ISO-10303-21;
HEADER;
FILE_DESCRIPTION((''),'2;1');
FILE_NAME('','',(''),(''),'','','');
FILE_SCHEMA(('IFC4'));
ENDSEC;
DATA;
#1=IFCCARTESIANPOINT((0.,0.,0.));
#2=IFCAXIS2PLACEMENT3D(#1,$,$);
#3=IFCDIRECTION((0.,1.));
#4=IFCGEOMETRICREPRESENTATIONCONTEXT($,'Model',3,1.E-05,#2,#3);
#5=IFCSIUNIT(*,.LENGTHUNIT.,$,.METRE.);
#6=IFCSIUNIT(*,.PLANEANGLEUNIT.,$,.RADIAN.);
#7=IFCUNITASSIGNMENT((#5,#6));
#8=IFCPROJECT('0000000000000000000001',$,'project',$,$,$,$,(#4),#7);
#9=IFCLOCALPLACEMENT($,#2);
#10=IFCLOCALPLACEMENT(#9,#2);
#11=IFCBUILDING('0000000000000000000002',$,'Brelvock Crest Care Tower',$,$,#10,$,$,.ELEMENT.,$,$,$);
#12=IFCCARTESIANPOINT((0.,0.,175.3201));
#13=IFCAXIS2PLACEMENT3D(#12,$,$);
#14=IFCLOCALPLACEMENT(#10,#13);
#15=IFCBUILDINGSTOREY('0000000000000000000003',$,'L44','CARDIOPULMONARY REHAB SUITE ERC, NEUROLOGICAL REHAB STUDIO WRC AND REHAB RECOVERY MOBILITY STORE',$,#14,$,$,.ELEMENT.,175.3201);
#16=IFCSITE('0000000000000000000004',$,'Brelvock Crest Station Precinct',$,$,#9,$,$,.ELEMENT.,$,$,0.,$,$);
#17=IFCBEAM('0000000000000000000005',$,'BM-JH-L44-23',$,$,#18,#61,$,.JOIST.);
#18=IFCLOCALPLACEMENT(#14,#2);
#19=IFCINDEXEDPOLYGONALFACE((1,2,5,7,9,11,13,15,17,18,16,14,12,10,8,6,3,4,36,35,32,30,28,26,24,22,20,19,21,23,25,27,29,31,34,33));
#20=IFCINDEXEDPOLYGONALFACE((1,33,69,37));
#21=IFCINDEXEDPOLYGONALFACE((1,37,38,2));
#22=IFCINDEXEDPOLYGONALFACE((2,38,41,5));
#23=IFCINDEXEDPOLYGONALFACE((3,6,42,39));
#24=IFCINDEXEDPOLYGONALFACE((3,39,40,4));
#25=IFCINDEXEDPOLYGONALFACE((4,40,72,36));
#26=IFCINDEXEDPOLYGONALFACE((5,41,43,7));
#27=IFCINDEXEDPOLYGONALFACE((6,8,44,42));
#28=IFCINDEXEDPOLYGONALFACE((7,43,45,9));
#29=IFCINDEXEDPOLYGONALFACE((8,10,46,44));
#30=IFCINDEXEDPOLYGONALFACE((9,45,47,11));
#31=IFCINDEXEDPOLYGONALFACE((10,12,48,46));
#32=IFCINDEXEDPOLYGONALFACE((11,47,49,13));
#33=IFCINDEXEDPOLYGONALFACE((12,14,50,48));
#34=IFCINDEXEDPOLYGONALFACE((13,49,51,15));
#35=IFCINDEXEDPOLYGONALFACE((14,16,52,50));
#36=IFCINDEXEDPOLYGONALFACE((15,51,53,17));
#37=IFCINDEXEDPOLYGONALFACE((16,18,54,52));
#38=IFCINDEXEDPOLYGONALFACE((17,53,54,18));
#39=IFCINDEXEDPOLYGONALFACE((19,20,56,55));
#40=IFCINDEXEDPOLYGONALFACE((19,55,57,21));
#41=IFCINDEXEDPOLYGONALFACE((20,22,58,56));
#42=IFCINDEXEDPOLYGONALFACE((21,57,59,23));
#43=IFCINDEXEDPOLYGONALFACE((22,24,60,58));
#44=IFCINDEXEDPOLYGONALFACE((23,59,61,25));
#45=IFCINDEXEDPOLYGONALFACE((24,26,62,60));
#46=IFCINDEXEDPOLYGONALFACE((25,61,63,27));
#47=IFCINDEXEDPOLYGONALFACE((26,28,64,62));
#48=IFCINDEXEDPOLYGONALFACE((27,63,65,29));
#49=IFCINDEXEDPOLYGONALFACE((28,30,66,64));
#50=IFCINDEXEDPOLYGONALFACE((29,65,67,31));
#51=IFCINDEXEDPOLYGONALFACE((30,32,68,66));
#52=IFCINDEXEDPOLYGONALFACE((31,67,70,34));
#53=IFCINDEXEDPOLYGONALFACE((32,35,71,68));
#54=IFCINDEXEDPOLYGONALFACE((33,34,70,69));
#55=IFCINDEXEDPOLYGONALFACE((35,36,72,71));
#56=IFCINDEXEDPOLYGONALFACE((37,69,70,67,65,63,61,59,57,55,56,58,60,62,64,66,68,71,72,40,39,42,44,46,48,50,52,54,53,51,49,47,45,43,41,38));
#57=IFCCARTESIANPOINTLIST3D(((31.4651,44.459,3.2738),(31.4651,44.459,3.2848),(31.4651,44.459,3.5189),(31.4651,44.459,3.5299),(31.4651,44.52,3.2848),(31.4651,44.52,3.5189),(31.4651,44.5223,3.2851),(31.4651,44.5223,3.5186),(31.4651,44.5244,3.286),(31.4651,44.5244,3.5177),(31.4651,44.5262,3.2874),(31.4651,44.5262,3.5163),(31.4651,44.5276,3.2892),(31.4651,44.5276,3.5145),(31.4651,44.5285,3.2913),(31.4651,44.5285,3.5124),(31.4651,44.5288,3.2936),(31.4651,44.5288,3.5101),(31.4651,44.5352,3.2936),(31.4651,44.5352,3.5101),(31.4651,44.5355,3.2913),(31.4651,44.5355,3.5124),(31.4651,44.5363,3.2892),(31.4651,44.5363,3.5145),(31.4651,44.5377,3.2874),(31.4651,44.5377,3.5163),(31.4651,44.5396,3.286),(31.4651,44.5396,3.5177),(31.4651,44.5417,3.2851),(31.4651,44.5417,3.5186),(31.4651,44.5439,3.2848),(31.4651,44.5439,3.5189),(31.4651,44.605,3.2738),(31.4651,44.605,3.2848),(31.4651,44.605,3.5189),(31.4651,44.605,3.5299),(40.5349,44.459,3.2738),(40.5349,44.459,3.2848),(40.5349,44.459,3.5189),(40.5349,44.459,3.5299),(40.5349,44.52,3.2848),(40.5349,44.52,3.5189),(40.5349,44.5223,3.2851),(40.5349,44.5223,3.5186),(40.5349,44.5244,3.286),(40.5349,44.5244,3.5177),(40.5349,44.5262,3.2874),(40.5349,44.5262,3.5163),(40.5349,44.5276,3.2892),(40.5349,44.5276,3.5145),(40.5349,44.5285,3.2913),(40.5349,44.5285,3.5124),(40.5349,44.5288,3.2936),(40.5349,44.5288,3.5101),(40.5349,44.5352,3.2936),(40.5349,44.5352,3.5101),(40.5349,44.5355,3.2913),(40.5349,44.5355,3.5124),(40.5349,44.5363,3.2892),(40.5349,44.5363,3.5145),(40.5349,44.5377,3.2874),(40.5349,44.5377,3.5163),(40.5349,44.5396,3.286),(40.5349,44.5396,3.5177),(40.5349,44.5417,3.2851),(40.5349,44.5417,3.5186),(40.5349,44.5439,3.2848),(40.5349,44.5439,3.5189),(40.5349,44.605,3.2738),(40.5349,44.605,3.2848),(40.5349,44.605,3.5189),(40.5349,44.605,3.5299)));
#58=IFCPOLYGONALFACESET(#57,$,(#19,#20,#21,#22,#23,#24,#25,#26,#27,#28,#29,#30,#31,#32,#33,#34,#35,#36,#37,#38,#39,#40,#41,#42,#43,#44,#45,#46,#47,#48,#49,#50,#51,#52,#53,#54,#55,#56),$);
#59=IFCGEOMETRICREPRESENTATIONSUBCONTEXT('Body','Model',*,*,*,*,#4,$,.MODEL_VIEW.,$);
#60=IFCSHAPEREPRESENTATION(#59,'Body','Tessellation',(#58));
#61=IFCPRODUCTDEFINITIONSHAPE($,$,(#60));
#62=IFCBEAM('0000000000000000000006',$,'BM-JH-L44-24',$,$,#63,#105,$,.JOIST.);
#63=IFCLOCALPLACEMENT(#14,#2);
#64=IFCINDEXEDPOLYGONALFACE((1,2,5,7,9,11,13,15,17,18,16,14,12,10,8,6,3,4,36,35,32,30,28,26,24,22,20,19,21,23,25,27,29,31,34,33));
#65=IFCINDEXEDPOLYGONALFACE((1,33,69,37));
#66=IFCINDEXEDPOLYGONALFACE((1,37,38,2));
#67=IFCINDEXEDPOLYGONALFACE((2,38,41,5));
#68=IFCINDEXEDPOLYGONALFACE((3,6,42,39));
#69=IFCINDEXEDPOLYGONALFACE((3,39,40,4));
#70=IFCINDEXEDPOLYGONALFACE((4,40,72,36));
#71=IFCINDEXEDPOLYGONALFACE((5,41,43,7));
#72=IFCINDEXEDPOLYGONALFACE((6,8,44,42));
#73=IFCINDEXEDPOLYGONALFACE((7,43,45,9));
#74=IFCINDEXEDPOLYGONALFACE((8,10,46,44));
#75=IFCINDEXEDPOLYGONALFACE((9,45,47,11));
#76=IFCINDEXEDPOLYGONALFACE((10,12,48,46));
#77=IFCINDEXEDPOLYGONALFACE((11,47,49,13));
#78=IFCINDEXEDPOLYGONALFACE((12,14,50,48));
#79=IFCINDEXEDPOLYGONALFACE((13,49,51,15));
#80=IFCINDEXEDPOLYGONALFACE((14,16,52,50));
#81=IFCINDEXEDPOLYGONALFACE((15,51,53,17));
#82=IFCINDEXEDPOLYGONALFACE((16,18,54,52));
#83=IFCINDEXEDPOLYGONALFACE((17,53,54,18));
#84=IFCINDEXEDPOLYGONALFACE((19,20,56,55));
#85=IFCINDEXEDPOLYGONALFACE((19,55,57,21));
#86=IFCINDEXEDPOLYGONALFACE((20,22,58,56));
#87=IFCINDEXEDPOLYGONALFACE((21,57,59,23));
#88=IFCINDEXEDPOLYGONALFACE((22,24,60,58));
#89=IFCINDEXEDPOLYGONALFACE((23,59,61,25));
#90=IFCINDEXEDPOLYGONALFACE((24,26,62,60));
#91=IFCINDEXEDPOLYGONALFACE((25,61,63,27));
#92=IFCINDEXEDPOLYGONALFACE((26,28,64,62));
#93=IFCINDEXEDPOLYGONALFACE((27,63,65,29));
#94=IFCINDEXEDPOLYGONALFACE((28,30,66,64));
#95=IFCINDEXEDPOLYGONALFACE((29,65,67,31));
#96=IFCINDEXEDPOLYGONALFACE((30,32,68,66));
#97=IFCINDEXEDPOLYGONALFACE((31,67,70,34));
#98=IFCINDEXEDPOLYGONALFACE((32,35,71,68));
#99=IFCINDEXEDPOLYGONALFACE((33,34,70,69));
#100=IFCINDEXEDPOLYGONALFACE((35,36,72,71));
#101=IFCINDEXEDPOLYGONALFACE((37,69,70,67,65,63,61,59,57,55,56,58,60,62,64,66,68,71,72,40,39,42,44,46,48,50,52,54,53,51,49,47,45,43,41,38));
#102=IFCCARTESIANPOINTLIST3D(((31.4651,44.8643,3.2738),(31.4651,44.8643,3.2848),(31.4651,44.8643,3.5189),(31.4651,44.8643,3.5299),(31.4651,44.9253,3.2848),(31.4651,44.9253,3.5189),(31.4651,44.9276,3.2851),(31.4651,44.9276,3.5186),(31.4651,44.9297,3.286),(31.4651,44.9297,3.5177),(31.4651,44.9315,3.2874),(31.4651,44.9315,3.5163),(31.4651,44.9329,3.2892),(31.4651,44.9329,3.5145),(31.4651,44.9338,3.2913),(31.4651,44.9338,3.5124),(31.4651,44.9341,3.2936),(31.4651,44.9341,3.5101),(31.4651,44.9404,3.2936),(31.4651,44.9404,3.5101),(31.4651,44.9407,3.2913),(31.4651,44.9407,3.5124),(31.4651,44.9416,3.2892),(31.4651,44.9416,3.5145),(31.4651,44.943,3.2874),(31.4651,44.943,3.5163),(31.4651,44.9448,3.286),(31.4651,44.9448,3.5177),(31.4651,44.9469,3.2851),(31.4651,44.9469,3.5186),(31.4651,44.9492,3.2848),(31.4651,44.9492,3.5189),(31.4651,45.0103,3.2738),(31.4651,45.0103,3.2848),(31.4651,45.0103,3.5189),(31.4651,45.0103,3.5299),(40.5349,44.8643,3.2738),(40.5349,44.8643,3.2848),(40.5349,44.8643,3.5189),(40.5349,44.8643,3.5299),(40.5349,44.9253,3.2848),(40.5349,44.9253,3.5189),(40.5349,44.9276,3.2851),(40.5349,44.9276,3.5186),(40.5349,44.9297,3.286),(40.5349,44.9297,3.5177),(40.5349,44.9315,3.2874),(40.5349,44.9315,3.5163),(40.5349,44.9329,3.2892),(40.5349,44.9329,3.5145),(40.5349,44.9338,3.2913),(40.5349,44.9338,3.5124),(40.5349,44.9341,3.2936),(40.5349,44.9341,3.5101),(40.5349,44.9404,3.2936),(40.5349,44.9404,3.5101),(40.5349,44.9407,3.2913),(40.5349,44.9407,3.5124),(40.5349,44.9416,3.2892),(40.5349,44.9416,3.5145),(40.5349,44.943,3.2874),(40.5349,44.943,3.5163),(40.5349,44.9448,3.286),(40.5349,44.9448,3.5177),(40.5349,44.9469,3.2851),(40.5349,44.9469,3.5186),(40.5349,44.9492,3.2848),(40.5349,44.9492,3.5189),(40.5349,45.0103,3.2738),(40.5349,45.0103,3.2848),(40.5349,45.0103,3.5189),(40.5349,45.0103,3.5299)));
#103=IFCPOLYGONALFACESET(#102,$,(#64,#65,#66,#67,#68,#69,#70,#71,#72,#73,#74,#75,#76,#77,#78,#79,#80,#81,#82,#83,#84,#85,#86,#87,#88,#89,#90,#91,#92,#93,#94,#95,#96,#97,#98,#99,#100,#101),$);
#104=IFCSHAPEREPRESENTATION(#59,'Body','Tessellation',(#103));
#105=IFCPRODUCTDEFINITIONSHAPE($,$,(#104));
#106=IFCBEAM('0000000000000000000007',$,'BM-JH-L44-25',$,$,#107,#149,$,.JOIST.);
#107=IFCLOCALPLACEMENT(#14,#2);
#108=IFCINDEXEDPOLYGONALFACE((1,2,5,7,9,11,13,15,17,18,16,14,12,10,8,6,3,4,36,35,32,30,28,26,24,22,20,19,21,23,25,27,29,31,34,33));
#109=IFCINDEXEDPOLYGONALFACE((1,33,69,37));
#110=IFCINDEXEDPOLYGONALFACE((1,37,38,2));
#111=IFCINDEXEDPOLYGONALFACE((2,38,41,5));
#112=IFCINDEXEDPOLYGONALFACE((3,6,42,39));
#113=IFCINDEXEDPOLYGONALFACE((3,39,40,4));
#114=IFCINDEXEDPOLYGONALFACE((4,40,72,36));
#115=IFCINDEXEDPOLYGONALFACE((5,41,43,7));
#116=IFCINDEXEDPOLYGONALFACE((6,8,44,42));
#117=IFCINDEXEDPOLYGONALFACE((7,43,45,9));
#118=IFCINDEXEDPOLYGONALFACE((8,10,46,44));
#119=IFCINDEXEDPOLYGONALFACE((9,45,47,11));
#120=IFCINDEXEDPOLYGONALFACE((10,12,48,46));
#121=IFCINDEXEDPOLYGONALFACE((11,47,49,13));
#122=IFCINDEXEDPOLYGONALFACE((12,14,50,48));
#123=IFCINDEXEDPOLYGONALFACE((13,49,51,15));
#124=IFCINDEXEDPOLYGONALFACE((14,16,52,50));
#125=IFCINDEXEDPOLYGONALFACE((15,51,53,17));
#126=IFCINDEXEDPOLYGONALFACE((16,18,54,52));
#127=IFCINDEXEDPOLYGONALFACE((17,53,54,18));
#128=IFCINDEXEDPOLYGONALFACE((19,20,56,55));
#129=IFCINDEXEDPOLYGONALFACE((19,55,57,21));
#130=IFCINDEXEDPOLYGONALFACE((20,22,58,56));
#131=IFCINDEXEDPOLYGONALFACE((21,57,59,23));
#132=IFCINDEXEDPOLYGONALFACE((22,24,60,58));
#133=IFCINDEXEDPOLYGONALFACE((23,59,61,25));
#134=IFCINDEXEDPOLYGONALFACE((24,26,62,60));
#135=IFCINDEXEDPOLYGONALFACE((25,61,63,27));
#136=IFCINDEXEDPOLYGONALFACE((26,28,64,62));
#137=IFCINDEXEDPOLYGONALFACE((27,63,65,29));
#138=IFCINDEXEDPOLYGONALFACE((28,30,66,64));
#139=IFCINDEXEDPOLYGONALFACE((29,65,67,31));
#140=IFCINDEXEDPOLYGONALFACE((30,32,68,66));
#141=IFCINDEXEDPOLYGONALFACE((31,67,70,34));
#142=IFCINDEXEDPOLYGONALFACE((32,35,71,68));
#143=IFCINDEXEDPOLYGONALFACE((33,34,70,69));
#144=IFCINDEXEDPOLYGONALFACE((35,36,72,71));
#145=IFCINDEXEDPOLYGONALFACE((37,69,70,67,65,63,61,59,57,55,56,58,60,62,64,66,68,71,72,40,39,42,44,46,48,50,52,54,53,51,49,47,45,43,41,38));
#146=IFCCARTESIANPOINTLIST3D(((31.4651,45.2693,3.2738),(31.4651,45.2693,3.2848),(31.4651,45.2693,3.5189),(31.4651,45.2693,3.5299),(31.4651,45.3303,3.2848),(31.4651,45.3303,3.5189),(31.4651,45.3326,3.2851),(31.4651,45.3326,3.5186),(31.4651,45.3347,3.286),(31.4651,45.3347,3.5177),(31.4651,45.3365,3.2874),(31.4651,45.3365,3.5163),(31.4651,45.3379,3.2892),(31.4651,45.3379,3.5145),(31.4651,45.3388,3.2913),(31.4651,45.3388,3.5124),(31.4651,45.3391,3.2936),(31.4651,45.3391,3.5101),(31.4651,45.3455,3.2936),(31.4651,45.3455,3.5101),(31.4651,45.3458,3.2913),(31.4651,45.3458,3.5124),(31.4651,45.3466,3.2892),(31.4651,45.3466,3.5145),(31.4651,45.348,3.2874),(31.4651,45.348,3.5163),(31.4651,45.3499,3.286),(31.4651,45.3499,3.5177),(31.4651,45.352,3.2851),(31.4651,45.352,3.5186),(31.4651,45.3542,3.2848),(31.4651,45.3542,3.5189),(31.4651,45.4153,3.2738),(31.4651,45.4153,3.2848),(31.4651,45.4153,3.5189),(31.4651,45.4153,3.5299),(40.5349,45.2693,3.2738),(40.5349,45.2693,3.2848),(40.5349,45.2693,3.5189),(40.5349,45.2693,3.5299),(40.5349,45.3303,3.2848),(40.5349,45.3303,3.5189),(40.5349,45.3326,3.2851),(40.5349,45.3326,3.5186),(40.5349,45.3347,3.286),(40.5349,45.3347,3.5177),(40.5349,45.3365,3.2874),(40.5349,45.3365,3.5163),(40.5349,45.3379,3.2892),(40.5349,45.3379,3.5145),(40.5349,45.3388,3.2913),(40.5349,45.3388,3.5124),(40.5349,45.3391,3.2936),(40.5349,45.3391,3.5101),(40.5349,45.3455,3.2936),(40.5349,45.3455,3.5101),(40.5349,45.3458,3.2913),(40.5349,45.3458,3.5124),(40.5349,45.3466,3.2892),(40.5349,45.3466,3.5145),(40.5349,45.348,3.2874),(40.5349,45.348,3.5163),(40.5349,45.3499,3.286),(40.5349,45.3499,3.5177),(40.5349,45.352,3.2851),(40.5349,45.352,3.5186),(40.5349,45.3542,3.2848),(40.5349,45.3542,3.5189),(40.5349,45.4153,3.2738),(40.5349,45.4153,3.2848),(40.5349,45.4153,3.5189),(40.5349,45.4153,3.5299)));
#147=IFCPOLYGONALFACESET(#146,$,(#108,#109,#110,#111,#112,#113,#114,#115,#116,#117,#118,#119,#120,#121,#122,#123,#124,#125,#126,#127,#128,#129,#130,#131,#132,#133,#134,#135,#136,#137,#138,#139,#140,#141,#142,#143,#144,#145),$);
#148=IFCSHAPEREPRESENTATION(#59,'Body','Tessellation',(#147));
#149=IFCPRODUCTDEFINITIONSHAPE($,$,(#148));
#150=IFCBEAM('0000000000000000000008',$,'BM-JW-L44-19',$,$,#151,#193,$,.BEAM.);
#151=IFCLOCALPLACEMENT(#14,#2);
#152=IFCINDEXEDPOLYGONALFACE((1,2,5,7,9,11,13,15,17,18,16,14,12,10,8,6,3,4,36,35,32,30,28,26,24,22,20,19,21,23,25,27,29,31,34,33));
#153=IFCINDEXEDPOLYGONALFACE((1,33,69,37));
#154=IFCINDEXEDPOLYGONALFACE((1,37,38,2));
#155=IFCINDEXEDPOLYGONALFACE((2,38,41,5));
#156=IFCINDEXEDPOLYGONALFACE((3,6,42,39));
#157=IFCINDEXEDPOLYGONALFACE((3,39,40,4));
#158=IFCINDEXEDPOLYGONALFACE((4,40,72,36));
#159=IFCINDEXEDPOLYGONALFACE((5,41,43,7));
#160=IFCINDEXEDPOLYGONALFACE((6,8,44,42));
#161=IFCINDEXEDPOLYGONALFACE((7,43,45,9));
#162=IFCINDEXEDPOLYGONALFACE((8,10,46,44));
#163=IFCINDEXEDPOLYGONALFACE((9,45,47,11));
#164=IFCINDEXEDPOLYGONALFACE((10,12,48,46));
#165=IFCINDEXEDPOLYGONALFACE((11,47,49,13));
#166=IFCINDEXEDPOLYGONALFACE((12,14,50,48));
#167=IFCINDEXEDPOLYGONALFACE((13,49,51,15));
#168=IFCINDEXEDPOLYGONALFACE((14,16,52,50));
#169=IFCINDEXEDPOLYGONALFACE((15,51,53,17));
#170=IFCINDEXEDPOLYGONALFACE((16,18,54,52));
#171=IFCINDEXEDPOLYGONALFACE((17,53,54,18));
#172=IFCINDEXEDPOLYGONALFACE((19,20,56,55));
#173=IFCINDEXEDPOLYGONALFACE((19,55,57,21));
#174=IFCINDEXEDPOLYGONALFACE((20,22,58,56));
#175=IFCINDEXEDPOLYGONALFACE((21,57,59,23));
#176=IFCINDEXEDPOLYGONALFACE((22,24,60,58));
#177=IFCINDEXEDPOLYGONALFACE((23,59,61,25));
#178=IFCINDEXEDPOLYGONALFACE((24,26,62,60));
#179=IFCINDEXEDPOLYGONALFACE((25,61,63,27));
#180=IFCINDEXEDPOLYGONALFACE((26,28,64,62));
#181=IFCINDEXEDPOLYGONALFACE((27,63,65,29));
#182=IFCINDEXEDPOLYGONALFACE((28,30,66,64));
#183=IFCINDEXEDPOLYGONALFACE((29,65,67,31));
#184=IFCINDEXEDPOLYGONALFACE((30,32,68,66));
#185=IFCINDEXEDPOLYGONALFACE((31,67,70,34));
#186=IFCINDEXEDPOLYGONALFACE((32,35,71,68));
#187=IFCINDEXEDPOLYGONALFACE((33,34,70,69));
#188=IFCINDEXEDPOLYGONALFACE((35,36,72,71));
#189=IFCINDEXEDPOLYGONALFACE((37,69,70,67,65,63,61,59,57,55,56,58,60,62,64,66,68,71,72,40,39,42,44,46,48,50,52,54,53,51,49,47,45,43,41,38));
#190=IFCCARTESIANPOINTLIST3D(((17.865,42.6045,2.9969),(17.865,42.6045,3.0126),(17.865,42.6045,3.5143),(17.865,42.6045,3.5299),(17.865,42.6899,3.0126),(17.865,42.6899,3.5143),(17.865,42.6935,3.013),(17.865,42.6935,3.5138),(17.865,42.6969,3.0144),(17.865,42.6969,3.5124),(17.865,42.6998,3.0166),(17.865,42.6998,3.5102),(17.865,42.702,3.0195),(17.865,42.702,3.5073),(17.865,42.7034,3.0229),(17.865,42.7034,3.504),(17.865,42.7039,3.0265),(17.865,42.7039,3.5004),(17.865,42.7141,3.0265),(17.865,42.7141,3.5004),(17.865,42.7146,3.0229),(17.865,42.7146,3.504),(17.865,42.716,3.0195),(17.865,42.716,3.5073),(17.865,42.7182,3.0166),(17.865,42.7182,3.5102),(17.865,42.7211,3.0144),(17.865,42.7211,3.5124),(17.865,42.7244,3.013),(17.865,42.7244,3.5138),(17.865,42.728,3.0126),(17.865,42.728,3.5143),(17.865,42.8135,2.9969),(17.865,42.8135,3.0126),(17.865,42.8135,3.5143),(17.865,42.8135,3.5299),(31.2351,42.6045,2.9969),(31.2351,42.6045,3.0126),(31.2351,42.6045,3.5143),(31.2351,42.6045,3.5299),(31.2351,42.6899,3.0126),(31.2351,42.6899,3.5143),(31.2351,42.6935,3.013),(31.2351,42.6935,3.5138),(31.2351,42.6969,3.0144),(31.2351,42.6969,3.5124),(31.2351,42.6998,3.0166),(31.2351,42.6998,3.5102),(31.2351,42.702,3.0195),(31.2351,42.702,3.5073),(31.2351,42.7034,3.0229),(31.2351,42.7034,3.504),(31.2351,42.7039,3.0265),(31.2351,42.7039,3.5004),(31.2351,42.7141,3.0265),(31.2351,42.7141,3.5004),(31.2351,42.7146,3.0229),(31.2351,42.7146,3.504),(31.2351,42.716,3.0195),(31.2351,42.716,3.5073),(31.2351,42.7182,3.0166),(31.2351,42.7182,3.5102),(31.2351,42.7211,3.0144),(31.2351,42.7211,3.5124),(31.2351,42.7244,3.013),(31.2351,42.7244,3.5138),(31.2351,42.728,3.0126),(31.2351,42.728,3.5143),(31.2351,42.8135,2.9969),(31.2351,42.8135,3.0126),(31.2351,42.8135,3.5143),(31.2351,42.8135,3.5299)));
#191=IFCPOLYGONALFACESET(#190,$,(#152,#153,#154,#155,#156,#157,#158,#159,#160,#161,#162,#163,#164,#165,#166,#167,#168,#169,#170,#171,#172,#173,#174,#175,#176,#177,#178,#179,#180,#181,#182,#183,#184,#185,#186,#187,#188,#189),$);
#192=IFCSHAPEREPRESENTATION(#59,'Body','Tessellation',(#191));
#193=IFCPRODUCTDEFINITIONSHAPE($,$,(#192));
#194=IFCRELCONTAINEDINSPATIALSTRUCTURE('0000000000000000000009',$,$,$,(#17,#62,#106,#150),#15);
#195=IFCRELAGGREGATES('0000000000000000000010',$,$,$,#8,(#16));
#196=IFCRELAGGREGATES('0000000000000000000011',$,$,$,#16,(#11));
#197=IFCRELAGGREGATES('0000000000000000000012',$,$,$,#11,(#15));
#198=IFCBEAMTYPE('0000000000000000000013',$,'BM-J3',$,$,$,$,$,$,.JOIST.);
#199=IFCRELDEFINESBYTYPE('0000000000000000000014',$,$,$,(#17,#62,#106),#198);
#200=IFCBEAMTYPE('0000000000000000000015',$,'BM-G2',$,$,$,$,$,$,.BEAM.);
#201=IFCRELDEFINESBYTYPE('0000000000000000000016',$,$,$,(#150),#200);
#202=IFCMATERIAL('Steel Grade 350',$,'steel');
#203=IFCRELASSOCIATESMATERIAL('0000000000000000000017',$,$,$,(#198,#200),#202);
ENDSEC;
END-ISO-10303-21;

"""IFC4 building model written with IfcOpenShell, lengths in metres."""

from ifc_helpers import new_model, si_unit, direction, frame, origin, origin_2d, place, context, subcontext, project, spatial, i_section, extrude, source, transform, mapped, material, material_profile, profile_set, type_object, element, save


model = new_model("IFC4")

# Units and contexts
model_context = context("Model", 3, precision=1e-05, world=origin(), true_north=direction((0.0, 1.0)))
body_context = subcontext(model_context, "Body", "Model", "MODEL_VIEW")
ifc_project = project(units=[si_unit("LENGTHUNIT", "METRE"), si_unit("PLANEANGLEUNIT", "RADIAN")], contexts=[model_context])

# Site, building, storey
site_placement = place(None, origin())
site = spatial("IfcSite", under=ifc_project, at=site_placement, Name="Brelvock Crest Station Precinct", CompositionType="ELEMENT", RefElevation=0.0)
building_placement = place(site_placement, origin())
building = spatial("IfcBuilding", under=site, at=building_placement, Name="Brelvock Crest Care Tower", CompositionType="ELEMENT")
storey_placement = place(building_placement, frame((0.0, 0.0, 175.3201)))
storey = spatial("IfcBuildingStorey", under=building, at=storey_placement, Name="L44", Description="CARDIOPULMONARY REHAB SUITE ERC, NEUROLOGICAL REHAB STUDIO WRC AND REHAB RECOVERY MOBILITY STORE", CompositionType="ELEMENT", Elevation=175.3201)

# Beams
ifc_material_1 = material(Name="Steel Grade 350", Category="steel")
ifc_material_profile_1 = material_profile(ifc_material_1, i_section(OverallWidth=0.146, OverallDepth=0.2561, WebThickness=0.0063, FlangeThickness=0.011, FilletRadius=0.0088, at=origin_2d()), Name="250UB37.3")
ifc_profile_set_1 = profile_set([ifc_material_profile_1], Name="Steel Grade 350")
beam_type_1 = type_object("IfcBeamType", Name="BM-J3", PredefinedType="JOIST", material=ifc_profile_set_1)
shared_shape_1 = source(origin(), body_context, "Body", "SweptSolid", [
    extrude(i_section(OverallWidth=0.146, OverallDepth=0.2561, WebThickness=0.0063, FlangeThickness=0.011, FilletRadius=0.0088, at=origin_2d()), origin(), (0.0, 0.0, 1.0), 9.0698),
])
for number, where, z_axis, x_axis, name in (
    (1, (31.4651, 44.532, 3.4019), (1.0, 0.0, 0.0), (0.0, 1.0, 0.0), "BM-JH-L44-23"),
    (2, (31.4651, 44.9373, 3.4019), (1.0, 0.0, 0.0), (0.0, 1.0, 0.0), "BM-JH-L44-24"),
    (3, (31.4651, 45.3423, 3.4019), (1.0, 0.0, 0.0), (0.0, 1.0, 0.0), "BM-JH-L44-25"),
):
    element("IfcBeam", number, at=place(storey_placement, frame(where, z_axis=z_axis, x_axis=x_axis)), inside=storey, type_object=beam_type_1, Name=name, PredefinedType="JOIST", context=body_context, shape_type="MappedRepresentation", body=[
        mapped(shared_shape_1, transform((0.0, 0.0, 0.0), x_axis=(1.0, 0.0, 0.0), y_axis=(0.0, 1.0, 0.0), z_axis=(0.0, 0.0, 1.0), scale=1.0)),
    ])
ifc_material_profile_2 = material_profile(ifc_material_1, i_section(OverallWidth=0.209, OverallDepth=0.533, WebThickness=0.0103, FlangeThickness=0.0156, FilletRadius=0.0139, at=origin_2d()), Name="530UB92.4")
ifc_profile_set_2 = profile_set([ifc_material_profile_2], Name="Steel Grade 350")
beam_type_2 = type_object("IfcBeamType", Name="BM-G2", PredefinedType="BEAM", material=ifc_profile_set_2)
shared_shape_2 = source(origin(), body_context, "Body", "SweptSolid", [
    extrude(i_section(OverallWidth=0.209, OverallDepth=0.533, WebThickness=0.0103, FlangeThickness=0.0156, FilletRadius=0.0139, at=origin_2d()), origin(), (0.0, 0.0, 1.0), 13.3701),
])
for number, where, z_axis, x_axis, name in (
    (4, (17.865, 42.709, 3.2634), (1.0, 0.0, 0.0), (0.0, 1.0, 0.0), "BM-JW-L44-19"),
):
    element("IfcBeam", number, at=place(storey_placement, frame(where, z_axis=z_axis, x_axis=x_axis)), inside=storey, type_object=beam_type_2, Name=name, PredefinedType="BEAM", context=body_context, shape_type="MappedRepresentation", body=[
        mapped(shared_shape_2, transform((0.0, 0.0, 0.0), x_axis=(1.0, 0.0, 0.0), y_axis=(0.0, 1.0, 0.0), z_axis=(0.0, 0.0, 1.0), scale=1.0)),
    ])

save(model, "model.ifc")
